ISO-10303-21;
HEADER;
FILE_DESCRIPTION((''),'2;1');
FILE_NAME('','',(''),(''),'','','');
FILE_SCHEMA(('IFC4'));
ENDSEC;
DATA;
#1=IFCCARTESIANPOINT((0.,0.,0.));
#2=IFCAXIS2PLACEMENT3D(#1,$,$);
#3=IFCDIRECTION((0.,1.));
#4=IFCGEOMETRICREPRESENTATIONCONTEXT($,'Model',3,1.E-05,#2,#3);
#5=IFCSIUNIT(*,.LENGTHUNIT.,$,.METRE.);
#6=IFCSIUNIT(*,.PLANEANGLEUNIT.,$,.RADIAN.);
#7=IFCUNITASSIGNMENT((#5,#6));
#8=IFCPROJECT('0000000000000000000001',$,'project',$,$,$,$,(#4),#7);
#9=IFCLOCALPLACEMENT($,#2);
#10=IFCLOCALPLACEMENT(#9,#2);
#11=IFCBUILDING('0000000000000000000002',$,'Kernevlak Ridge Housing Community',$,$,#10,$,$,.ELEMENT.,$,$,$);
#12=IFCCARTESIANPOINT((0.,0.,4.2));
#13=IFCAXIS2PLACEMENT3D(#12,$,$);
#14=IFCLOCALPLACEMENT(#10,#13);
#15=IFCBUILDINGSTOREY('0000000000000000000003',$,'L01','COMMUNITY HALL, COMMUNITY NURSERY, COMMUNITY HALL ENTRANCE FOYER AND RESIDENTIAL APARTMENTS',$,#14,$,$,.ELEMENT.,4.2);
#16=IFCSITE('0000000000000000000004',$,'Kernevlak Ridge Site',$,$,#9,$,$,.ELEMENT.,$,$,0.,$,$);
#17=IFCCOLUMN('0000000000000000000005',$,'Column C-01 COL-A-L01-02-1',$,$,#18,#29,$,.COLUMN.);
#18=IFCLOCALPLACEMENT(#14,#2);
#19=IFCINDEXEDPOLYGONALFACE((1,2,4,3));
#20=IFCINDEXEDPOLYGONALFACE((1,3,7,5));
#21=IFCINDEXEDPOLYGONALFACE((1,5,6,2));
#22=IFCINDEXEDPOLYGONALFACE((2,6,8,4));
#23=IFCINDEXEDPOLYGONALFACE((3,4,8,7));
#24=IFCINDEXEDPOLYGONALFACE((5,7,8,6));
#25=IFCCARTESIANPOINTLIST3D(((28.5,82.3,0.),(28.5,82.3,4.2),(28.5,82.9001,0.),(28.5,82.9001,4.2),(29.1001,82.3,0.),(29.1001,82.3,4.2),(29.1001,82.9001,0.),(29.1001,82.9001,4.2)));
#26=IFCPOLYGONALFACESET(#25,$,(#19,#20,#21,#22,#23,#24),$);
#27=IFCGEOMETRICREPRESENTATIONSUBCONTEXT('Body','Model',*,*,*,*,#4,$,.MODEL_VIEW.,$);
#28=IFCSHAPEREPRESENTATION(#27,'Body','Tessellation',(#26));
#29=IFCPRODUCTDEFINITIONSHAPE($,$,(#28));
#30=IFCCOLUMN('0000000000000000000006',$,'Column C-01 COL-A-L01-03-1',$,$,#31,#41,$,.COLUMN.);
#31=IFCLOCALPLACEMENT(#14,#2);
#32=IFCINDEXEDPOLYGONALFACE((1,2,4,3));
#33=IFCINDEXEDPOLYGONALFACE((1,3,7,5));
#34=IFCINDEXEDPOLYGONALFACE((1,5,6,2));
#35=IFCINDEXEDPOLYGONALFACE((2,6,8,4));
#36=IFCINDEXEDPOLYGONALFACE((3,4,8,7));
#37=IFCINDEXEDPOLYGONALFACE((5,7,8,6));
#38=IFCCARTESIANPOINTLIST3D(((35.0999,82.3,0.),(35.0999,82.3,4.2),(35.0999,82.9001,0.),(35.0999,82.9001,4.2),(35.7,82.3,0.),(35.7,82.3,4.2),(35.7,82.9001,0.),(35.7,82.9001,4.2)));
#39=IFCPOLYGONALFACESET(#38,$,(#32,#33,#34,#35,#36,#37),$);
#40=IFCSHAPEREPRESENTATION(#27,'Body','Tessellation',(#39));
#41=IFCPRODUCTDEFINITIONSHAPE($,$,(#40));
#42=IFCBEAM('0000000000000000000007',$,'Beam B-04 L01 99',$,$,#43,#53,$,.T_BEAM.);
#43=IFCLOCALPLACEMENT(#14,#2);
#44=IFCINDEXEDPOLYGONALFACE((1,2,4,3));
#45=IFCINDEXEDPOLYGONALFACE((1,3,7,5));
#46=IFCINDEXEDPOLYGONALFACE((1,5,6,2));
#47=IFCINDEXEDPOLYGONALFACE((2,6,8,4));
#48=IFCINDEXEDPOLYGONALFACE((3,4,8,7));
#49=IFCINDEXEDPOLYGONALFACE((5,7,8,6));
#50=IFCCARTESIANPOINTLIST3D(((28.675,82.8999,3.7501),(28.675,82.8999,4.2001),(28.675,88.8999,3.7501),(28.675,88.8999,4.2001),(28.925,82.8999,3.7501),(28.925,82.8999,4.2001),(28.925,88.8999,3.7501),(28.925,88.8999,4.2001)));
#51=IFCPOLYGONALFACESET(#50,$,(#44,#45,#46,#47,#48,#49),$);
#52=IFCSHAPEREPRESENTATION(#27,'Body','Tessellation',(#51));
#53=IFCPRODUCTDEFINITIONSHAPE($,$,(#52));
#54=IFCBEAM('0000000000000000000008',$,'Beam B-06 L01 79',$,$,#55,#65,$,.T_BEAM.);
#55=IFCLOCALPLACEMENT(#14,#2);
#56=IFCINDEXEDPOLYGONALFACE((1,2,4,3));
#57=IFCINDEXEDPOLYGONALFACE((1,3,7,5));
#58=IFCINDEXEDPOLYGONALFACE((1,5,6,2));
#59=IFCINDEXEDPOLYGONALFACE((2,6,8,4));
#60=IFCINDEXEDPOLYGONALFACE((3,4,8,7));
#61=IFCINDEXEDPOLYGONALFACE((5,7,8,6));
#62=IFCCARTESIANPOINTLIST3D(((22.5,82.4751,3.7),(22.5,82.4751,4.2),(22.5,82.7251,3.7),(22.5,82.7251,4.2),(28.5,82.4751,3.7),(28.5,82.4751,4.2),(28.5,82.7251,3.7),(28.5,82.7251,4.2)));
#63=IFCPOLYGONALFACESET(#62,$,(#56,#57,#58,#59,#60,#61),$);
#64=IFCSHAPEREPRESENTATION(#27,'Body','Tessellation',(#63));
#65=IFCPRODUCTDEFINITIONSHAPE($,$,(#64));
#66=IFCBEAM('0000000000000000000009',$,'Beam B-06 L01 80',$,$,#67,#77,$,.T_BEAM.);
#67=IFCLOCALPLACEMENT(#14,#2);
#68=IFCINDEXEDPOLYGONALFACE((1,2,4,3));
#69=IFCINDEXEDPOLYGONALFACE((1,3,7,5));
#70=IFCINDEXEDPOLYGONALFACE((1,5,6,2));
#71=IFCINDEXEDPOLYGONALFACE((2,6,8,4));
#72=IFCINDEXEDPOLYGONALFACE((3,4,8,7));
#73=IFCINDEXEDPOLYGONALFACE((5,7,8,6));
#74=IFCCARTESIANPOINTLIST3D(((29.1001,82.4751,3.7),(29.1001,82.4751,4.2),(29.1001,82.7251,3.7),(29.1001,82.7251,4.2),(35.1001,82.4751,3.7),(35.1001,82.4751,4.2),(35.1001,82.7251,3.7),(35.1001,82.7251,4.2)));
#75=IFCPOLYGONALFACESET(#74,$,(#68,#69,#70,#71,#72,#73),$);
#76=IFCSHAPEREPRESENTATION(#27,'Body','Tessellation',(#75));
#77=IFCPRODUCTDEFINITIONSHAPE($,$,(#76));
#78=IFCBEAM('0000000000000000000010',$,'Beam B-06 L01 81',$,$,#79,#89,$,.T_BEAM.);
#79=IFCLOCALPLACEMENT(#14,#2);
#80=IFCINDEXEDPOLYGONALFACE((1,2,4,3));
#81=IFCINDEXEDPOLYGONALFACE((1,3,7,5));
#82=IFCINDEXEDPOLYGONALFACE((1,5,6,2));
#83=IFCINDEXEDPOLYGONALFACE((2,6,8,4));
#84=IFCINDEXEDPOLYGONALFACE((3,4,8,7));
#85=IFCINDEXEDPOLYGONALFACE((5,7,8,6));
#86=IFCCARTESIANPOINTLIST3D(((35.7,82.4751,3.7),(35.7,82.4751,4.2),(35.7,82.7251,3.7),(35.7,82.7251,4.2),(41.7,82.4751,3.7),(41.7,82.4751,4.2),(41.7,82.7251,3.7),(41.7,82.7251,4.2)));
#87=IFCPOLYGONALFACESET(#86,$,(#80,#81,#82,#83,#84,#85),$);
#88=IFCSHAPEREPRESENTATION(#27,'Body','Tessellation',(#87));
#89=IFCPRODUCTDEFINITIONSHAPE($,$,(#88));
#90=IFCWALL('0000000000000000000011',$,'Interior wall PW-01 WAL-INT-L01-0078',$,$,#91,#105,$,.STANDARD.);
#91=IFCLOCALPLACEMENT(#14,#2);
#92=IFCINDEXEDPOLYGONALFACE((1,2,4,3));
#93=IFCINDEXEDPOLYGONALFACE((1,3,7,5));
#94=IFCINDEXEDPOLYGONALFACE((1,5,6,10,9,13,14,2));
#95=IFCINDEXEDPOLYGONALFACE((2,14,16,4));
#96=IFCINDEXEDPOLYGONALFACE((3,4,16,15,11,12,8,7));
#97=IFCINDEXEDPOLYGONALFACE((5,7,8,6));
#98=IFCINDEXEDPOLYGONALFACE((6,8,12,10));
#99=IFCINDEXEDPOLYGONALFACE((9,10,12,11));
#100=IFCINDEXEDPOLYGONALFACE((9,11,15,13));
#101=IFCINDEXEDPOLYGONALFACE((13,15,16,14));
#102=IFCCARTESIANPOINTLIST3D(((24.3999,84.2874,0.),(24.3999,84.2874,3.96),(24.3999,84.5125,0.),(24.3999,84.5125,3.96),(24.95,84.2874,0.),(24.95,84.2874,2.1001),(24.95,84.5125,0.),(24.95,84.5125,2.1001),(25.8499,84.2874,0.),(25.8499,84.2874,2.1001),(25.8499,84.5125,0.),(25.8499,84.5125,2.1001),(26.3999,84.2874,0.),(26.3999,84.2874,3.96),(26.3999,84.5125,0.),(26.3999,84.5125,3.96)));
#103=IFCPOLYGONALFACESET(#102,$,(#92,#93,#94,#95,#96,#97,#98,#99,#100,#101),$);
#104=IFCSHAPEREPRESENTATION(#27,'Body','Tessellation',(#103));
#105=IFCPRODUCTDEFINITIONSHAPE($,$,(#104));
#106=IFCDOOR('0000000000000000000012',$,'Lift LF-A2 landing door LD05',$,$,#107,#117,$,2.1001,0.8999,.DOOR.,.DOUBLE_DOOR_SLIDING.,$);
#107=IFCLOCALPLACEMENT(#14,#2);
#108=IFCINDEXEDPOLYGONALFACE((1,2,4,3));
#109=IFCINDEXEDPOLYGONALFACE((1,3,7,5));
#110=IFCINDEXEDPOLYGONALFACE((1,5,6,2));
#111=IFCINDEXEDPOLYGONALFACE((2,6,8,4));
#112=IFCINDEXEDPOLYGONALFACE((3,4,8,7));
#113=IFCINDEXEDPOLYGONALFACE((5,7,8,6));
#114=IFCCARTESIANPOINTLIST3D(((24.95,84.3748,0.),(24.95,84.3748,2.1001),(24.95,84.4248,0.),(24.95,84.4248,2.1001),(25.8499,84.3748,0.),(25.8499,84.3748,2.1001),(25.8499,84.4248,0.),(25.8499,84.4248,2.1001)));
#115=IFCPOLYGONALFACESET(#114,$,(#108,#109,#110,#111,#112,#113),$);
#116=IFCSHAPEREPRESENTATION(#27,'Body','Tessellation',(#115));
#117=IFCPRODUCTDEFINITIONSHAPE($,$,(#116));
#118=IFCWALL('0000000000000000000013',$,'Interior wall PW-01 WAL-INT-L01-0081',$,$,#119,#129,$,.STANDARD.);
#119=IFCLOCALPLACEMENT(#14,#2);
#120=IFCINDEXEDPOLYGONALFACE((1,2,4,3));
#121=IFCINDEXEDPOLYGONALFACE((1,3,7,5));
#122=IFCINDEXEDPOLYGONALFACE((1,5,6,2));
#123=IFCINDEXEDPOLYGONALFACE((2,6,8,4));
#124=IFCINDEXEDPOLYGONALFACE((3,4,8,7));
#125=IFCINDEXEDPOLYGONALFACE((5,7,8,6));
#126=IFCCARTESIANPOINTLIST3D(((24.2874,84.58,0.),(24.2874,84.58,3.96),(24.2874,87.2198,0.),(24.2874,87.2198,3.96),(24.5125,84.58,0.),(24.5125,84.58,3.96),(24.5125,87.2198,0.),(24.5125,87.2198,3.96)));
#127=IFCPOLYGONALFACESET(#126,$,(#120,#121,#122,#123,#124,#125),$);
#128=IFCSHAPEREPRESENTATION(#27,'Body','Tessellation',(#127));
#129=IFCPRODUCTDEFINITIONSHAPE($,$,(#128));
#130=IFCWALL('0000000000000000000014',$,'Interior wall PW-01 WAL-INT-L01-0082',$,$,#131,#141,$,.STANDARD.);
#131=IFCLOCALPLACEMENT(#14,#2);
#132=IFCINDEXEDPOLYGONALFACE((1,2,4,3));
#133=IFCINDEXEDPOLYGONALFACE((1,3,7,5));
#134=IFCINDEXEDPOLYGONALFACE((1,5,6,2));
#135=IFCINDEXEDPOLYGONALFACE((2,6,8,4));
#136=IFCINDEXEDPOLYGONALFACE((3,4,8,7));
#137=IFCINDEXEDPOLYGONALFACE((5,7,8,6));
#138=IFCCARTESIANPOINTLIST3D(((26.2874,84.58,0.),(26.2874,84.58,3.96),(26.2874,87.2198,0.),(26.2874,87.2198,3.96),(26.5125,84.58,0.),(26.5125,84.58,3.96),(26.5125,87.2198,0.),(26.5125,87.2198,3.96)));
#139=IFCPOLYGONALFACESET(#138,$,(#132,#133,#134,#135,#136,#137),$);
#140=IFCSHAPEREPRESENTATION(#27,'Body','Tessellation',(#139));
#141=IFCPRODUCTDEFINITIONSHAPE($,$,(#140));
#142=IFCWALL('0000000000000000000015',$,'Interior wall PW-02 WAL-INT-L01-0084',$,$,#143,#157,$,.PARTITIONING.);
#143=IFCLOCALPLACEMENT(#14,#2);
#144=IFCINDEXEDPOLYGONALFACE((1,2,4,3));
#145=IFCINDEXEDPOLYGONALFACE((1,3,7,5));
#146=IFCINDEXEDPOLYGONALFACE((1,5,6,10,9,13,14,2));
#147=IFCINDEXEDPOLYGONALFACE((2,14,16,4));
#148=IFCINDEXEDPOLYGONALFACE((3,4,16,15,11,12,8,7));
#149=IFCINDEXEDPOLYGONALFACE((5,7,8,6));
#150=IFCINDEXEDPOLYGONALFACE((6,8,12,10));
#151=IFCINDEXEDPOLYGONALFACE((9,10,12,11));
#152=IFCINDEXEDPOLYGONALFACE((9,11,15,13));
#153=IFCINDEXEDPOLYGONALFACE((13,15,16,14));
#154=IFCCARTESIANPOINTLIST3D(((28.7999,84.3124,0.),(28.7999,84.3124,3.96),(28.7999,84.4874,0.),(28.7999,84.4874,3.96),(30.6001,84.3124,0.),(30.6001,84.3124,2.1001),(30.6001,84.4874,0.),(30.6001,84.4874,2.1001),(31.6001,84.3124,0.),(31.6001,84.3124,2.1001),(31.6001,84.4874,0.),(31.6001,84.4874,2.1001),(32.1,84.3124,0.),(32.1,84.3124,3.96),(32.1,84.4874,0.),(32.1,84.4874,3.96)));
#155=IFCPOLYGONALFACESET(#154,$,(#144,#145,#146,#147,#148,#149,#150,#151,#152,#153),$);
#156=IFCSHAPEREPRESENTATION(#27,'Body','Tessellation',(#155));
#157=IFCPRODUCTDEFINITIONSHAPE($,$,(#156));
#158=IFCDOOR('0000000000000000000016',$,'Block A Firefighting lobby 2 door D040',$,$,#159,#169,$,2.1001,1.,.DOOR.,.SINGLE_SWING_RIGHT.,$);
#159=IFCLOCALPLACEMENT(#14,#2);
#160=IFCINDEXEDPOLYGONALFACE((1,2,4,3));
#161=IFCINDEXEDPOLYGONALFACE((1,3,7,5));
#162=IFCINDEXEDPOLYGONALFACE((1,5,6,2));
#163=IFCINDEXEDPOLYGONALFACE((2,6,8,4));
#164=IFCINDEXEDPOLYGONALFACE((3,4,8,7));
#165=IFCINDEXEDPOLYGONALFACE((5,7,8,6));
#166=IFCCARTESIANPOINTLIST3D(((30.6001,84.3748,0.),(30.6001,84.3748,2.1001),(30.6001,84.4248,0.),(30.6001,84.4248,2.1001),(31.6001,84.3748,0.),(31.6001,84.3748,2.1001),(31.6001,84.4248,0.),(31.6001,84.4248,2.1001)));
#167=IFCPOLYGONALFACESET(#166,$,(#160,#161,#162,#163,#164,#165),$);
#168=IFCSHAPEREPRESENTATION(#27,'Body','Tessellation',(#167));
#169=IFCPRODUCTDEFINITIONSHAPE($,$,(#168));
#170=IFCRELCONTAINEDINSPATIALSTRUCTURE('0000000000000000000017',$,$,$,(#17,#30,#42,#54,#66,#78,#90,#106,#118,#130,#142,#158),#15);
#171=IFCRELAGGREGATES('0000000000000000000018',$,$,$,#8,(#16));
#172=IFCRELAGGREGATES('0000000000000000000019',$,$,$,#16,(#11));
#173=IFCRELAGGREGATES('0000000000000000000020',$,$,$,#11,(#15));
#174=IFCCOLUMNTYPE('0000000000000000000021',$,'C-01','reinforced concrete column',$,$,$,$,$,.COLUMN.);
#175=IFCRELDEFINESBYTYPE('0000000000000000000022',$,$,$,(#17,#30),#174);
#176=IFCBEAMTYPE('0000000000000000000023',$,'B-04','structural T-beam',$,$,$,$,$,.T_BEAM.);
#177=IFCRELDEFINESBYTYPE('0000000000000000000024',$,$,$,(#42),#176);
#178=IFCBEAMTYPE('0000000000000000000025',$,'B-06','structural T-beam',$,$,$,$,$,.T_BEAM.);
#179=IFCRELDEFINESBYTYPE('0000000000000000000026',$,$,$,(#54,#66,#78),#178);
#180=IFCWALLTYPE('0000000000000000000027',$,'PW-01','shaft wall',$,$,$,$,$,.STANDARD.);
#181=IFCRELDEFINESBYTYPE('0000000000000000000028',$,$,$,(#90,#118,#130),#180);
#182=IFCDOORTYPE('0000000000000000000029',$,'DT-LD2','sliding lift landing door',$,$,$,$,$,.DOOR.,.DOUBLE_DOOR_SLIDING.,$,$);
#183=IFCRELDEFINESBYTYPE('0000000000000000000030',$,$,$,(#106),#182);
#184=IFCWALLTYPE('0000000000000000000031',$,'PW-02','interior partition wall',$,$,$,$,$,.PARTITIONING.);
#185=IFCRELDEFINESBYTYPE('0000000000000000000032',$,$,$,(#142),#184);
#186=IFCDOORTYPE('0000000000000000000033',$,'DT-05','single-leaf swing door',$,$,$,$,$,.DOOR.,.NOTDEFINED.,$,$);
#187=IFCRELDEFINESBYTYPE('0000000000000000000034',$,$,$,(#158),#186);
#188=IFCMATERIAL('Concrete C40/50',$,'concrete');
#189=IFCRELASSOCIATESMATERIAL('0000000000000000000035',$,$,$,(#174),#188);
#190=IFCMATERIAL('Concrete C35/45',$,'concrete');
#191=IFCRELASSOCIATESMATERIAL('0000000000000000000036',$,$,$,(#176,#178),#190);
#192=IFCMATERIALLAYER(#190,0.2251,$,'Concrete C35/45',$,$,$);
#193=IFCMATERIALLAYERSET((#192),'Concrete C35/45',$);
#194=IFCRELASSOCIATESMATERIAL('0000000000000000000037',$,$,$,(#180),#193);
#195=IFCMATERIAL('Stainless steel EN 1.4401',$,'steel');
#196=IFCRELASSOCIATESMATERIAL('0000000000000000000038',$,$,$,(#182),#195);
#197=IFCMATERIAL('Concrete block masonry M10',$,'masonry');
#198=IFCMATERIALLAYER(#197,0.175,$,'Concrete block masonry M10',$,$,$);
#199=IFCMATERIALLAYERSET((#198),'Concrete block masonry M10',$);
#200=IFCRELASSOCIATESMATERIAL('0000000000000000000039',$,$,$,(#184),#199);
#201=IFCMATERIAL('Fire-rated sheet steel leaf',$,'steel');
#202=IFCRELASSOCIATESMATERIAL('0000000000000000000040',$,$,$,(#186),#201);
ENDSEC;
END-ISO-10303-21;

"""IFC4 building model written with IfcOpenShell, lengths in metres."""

from ifc_helpers import new_model, si_unit, direction, frame, frame_2d, origin, origin_2d, place, context, subcontext, project, spatial, rectangle, extrude, material, layer, layer_set, material_profile, profile_set, type_object, element, fill, save


model = new_model("IFC4")

# Units and contexts
model_context = context("Model", 3, precision=1e-05, world=origin(), true_north=direction((0.0, 1.0)))
body_context = subcontext(model_context, "Body", "Model", "MODEL_VIEW")
ifc_project = project(units=[si_unit("LENGTHUNIT", "METRE"), si_unit("PLANEANGLEUNIT", "RADIAN")], contexts=[model_context])

# Site, building, storey
site_placement = place(None, origin())
site = spatial("IfcSite", under=ifc_project, at=site_placement, Name="Kernevlak Ridge Site", CompositionType="ELEMENT", RefElevation=0.0)
building_placement = place(site_placement, origin())
building = spatial("IfcBuilding", under=site, at=building_placement, Name="Kernevlak Ridge Housing Community", CompositionType="ELEMENT")
storey_placement = place(building_placement, frame((0.0, 0.0, 4.2)))
storey = spatial("IfcBuildingStorey", under=building, at=storey_placement, Name="L01", Description="COMMUNITY HALL, COMMUNITY NURSERY, COMMUNITY HALL ENTRANCE FOYER AND RESIDENTIAL APARTMENTS", CompositionType="ELEMENT", Elevation=4.2)

# Columns
ifc_material_1 = material(Name="Concrete C40/50", Category="concrete")
ifc_material_profile_1 = material_profile(ifc_material_1, rectangle(XDim=0.6001, YDim=0.6001, at=origin_2d()), Name="RC 600x600")
ifc_profile_set_1 = profile_set([ifc_material_profile_1], Name="Concrete C40/50")
column_type = type_object("IfcColumnType", Name="C-01", Description="reinforced concrete column", PredefinedType="COLUMN", material=ifc_profile_set_1)
for number, where, z_axis, x_axis, name in (
    (1, (28.8, 82.6001, 0.0), (0.0, 0.0, 1.0), (1.0, 0.0, 0.0), "Column C-01 COL-A-L01-02-1"),
    (2, (35.3999, 82.6001, 0.0), (0.0, 0.0, 1.0), (1.0, 0.0, 0.0), "Column C-01 COL-A-L01-03-1"),
):
    element("IfcColumn", number, at=place(storey_placement, frame(where, z_axis=z_axis, x_axis=x_axis)), inside=storey, type_object=column_type, Name=name, PredefinedType="COLUMN", context=body_context, shape_type="SweptSolid", body=[
        extrude(rectangle(XDim=0.6001, YDim=0.6001, at=origin_2d()), origin(), (0.0, 0.0, 1.0), 4.2),
    ])

# Beams
ifc_material_2 = material(Name="Concrete C35/45", Category="concrete")
ifc_material_profile_2 = material_profile(ifc_material_2, rectangle(XDim=0.25, YDim=0.45, at=origin_2d()), Name="RC 250x450")
ifc_profile_set_2 = profile_set([ifc_material_profile_2], Name="Concrete C35/45")
beam_type_1 = type_object("IfcBeamType", Name="B-04", Description="structural T-beam", PredefinedType="T_BEAM", material=ifc_profile_set_2)
beam_placement = place(storey_placement, frame((28.8, 82.8999, 3.9751), z_axis=(0.0, 1.0, 0.0), x_axis=(-1.0, 0.0, 0.0)))
element("IfcBeam", 3, at=beam_placement, inside=storey, type_object=beam_type_1, Name="Beam B-04 L01 99", PredefinedType="T_BEAM", context=body_context, shape_type="SweptSolid", body=[
    extrude(rectangle(XDim=0.25, YDim=0.45, at=origin_2d()), origin(), (0.0, 0.0, 1.0), 6.0),
])
ifc_material_profile_3 = material_profile(ifc_material_2, rectangle(XDim=0.25, YDim=0.5, at=origin_2d()), Name="RC 250x500")
ifc_profile_set_3 = profile_set([ifc_material_profile_3], Name="Concrete C35/45")
beam_type_2 = type_object("IfcBeamType", Name="B-06", Description="structural T-beam", PredefinedType="T_BEAM", material=ifc_profile_set_3)
for number, where, z_axis, x_axis, name in (
    (4, (22.5, 82.6001, 3.95), (1.0, 0.0, 0.0), (0.0, 1.0, 0.0), "Beam B-06 L01 79"),
    (5, (29.1001, 82.6001, 3.95), (1.0, 0.0, 0.0), (0.0, 1.0, 0.0), "Beam B-06 L01 80"),
    (6, (35.7, 82.6001, 3.95), (1.0, 0.0, 0.0), (0.0, 1.0, 0.0), "Beam B-06 L01 81"),
):
    element("IfcBeam", number, at=place(storey_placement, frame(where, z_axis=z_axis, x_axis=x_axis)), inside=storey, type_object=beam_type_2, Name=name, PredefinedType="T_BEAM", context=body_context, shape_type="SweptSolid", body=[
        extrude(rectangle(XDim=0.25, YDim=0.5, at=origin_2d()), origin(), (0.0, 0.0, 1.0), 6.0),
    ])

# Wall, opening, door
ifc_layer_1 = layer(ifc_material_2, 0.2251, Name="Concrete C35/45")
ifc_layer_set_1 = layer_set([ifc_layer_1], Name="Concrete C35/45")
wall_type_1 = type_object("IfcWallType", Name="PW-01", Description="shaft wall", PredefinedType="STANDARD", material=ifc_layer_set_1)
wall_1_placement = place(storey_placement, frame((24.3999, 84.3999, 0.0), z_axis=(0.0, 0.0, 1.0), x_axis=(1.0, 0.0, 0.0)))
wall_1 = element("IfcWall", 7, at=wall_1_placement, inside=storey, type_object=wall_type_1, Name="Interior wall PW-01 WAL-INT-L01-0078", PredefinedType="STANDARD", context=body_context, shape_type="SweptSolid", body=[
    extrude(rectangle(XDim=2.0, YDim=0.2251, at=frame_2d((1.0, 0.0))), origin(), (0.0, 0.0, 1.0), 3.96),
])
opening_1_placement = place(wall_1_placement, frame((0.55, 0.0, 0.0)))
opening_1 = element("IfcOpeningElement", 8, at=opening_1_placement, cuts=wall_1, PredefinedType="OPENING", context=body_context, shape_type="SweptSolid", body=[
    extrude(rectangle(XDim=0.8999, YDim=2.1001, at=frame_2d((0.45, 1.05))), frame((0.0, 0.1226, 0.0), z_axis=(0.0, -1.0, 0.0), x_axis=(1.0, 0.0, 0.0)), (0.0, 0.0, 1.0), 0.2451),
])
ifc_material_3 = material(Name="Stainless steel EN 1.4401", Category="steel")
door_type_1 = type_object("IfcDoorType", Name="DT-LD2", Description="sliding lift landing door", OperationType="DOUBLE_DOOR_SLIDING", PredefinedType="DOOR", material=ifc_material_3)
door_1_placement = place(opening_1_placement, origin())
door_1 = element("IfcDoor", 9, at=door_1_placement, inside=storey, type_object=door_type_1, Name="Lift LF-A2 landing door LD05", OperationType="DOUBLE_DOOR_SLIDING", OverallHeight=2.1001, OverallWidth=0.8999, PredefinedType="DOOR", context=body_context, shape_type="SweptSolid", body=[
    extrude(rectangle(XDim=0.8999, YDim=2.1001, at=frame_2d((0.45, 1.05))), frame((0.0, 0.0249, 0.0), z_axis=(0.0, -1.0, 0.0), x_axis=(1.0, 0.0, 0.0)), (0.0, 0.0, 1.0), 0.05),
])
fill(opening_1, door_1)

# Walls
for number, where, z_axis, x_axis, name in (
    (10, (24.3999, 84.5801, 0.0), (0.0, 0.0, 1.0), (0.0, 1.0, 0.0), "Interior wall PW-01 WAL-INT-L01-0081"),
    (11, (26.3999, 84.5801, 0.0), (0.0, 0.0, 1.0), (0.0, 1.0, 0.0), "Interior wall PW-01 WAL-INT-L01-0082"),
):
    element("IfcWall", number, at=place(storey_placement, frame(where, z_axis=z_axis, x_axis=x_axis)), inside=storey, type_object=wall_type_1, Name=name, PredefinedType="STANDARD", context=body_context, shape_type="SweptSolid", body=[
        extrude(rectangle(XDim=2.6399, YDim=0.2251, at=frame_2d((1.3198, 0.0))), origin(), (0.0, 0.0, 1.0), 3.96),
    ])

# Wall, opening, door
ifc_material_4 = material(Name="Concrete block masonry M10", Category="masonry")
ifc_layer_2 = layer(ifc_material_4, 0.175, Name="Concrete block masonry M10")
ifc_layer_set_2 = layer_set([ifc_layer_2], Name="Concrete block masonry M10")
wall_type_2 = type_object("IfcWallType", Name="PW-02", Description="interior partition wall", PredefinedType="PARTITIONING", material=ifc_layer_set_2)
wall_2_placement = place(storey_placement, frame((28.8, 84.3999, 0.0), z_axis=(0.0, 0.0, 1.0), x_axis=(1.0, 0.0, 0.0)))
wall_2 = element("IfcWall", 12, at=wall_2_placement, inside=storey, type_object=wall_type_2, Name="Interior wall PW-02 WAL-INT-L01-0084", PredefinedType="PARTITIONING", context=body_context, shape_type="SweptSolid", body=[
    extrude(rectangle(XDim=3.3, YDim=0.175, at=frame_2d((1.6499, 0.0))), origin(), (0.0, 0.0, 1.0), 3.96),
])
opening_2_placement = place(wall_2_placement, frame((1.8, 0.0, 0.0)))
opening_2 = element("IfcOpeningElement", 13, at=opening_2_placement, cuts=wall_2, PredefinedType="OPENING", context=body_context, shape_type="SweptSolid", body=[
    extrude(rectangle(XDim=1.0, YDim=2.1001, at=frame_2d((0.5, 1.05))), frame((0.0, 0.0974, 0.0), z_axis=(0.0, -1.0, 0.0), x_axis=(1.0, 0.0, 0.0)), (0.0, 0.0, 1.0), 0.1951),
])
ifc_material_5 = material(Name="Fire-rated sheet steel leaf", Category="steel")
door_type_2 = type_object("IfcDoorType", Name="DT-05", Description="single-leaf swing door", OperationType="NOTDEFINED", PredefinedType="DOOR", material=ifc_material_5)
door_2_placement = place(opening_2_placement, origin())
door_2 = element("IfcDoor", 14, at=door_2_placement, inside=storey, type_object=door_type_2, Name="Block A Firefighting lobby 2 door D040", OperationType="SINGLE_SWING_RIGHT", OverallHeight=2.1001, OverallWidth=1.0, PredefinedType="DOOR", context=body_context, shape_type="SweptSolid", body=[
    extrude(rectangle(XDim=1.0, YDim=2.1001, at=frame_2d((0.5, 1.05))), frame((0.0, 0.0249, 0.0), z_axis=(0.0, -1.0, 0.0), x_axis=(1.0, 0.0, 0.0)), (0.0, 0.0, 1.0), 0.05),
])
fill(opening_2, door_2)

save(model, "model.ifc")
